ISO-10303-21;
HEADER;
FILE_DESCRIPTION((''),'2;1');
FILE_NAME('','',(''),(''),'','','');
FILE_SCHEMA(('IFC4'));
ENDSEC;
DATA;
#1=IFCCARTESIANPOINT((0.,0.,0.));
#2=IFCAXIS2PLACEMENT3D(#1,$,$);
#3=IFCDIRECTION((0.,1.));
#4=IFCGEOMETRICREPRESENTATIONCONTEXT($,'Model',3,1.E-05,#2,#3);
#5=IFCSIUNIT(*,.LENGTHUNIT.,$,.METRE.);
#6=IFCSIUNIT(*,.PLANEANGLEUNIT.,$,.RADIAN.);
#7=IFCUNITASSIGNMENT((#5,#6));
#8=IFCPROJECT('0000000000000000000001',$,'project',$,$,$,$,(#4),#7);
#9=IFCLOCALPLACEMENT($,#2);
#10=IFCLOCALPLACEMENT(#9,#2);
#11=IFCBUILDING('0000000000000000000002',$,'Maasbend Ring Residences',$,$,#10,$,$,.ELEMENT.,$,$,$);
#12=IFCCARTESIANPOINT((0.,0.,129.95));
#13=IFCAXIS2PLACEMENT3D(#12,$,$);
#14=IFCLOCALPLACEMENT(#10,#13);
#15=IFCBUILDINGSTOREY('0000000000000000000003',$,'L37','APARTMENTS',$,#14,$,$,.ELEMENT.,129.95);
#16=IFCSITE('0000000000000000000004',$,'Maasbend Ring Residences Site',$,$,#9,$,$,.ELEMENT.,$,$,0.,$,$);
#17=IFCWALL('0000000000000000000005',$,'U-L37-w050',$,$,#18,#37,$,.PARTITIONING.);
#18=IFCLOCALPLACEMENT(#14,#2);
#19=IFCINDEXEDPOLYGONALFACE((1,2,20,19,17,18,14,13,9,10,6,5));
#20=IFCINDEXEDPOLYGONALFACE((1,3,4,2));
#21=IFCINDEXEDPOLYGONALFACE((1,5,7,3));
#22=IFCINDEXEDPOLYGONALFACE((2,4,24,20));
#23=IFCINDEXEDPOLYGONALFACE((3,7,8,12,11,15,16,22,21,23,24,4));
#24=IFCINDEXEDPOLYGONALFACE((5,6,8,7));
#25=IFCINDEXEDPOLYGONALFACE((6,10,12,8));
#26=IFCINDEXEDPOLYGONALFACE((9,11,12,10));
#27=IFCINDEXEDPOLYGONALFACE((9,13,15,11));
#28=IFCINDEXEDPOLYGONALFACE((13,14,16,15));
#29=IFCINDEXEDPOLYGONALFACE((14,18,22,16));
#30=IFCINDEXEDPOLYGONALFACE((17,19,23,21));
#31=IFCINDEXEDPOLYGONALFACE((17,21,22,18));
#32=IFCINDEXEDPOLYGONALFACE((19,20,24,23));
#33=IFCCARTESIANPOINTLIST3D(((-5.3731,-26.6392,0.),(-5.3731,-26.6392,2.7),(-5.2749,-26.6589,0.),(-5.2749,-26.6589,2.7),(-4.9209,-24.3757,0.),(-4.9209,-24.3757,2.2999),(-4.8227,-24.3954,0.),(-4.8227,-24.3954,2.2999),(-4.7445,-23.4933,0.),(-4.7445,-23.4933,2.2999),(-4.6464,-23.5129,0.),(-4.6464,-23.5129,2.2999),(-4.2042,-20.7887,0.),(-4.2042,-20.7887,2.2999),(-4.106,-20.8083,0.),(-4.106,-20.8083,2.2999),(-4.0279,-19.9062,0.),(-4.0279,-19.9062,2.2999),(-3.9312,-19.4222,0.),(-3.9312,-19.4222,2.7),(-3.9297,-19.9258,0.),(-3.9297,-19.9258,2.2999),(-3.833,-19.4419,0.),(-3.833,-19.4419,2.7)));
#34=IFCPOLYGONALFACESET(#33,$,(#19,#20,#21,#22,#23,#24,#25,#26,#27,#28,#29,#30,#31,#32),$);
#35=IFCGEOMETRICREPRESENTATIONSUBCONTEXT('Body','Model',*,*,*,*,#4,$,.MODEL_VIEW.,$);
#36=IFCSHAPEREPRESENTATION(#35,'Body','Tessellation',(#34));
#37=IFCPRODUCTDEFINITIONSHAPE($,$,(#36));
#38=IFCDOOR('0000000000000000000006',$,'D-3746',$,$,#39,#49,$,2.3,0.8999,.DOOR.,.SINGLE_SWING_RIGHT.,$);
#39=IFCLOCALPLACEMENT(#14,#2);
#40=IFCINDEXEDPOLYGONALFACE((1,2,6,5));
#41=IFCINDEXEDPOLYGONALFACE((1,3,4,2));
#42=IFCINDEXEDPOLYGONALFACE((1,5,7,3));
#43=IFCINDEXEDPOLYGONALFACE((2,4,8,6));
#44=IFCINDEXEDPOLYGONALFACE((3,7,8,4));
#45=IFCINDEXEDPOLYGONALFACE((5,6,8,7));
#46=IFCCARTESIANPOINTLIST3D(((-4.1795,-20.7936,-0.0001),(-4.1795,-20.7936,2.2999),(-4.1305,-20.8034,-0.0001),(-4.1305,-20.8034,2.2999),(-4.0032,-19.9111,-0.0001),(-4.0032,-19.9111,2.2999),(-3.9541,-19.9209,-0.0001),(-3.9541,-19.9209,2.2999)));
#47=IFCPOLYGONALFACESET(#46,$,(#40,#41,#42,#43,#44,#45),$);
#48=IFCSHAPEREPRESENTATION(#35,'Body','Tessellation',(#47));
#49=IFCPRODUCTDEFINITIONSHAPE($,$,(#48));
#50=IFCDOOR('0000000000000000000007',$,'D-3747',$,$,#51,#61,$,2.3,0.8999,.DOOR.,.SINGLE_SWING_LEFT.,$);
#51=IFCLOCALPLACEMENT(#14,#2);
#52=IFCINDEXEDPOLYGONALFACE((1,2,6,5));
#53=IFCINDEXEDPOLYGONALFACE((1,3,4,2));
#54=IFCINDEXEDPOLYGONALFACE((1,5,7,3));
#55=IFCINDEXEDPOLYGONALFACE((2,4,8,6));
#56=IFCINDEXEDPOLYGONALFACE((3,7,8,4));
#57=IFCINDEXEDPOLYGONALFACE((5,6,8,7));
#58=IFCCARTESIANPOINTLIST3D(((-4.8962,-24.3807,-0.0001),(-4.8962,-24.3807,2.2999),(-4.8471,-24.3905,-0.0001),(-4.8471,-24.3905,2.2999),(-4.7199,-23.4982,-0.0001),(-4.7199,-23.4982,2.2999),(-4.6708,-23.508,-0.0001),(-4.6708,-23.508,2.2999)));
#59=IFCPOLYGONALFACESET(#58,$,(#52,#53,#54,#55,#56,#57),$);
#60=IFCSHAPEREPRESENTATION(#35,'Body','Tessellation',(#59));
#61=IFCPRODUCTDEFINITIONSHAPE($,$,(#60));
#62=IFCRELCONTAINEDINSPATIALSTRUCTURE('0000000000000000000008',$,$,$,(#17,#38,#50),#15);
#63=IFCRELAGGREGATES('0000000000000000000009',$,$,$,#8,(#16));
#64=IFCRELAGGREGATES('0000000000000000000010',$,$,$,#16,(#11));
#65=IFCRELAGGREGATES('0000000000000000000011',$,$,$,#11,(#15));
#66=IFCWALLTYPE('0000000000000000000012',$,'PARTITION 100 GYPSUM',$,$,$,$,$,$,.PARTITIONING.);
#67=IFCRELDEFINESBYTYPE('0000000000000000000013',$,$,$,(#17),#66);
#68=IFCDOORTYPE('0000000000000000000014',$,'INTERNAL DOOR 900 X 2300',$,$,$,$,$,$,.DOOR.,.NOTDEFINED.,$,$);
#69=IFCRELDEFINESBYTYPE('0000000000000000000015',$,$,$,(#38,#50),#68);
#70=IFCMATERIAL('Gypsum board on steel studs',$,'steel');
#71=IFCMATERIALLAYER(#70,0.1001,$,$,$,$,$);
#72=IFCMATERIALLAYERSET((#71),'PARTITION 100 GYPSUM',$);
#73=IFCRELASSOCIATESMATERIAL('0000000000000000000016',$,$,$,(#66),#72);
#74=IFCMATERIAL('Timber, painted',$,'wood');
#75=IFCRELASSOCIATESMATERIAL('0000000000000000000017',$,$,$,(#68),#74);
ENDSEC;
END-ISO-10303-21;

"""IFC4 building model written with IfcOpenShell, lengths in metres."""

from ifc_helpers import new_model, si_unit, direction, frame, frame_2d, origin, place, context, subcontext, project, spatial, rectangle, extrude, material, layer, layer_set, type_object, element, fill, save


model = new_model("IFC4")

# Units and contexts
model_context = context("Model", 3, precision=1e-05, world=origin(), true_north=direction((0.0, 1.0)))
body_context = subcontext(model_context, "Body", "Model", "MODEL_VIEW")
ifc_project = project(units=[si_unit("LENGTHUNIT", "METRE"), si_unit("PLANEANGLEUNIT", "RADIAN")], contexts=[model_context])

# Site, building, storey
site_placement = place(None, origin())
site = spatial("IfcSite", under=ifc_project, at=site_placement, Name="Maasbend Ring Residences Site", CompositionType="ELEMENT", RefElevation=0.0)
building_placement = place(site_placement, origin())
building = spatial("IfcBuilding", under=site, at=building_placement, Name="Maasbend Ring Residences", CompositionType="ELEMENT")
storey_placement = place(building_placement, frame((0.0, 0.0, 129.95)))
storey = spatial("IfcBuildingStorey", under=building, at=storey_placement, Name="L37", Description="APARTMENTS", CompositionType="ELEMENT", Elevation=129.95)

# Shared definitions
ifc_material_1 = material(Name="Gypsum board on steel studs", Category="steel")
ifc_layer_1 = layer(ifc_material_1, 0.1001)
ifc_layer_set_1 = layer_set([ifc_layer_1], Name="PARTITION 100 GYPSUM")
wall_type_1 = type_object("IfcWallType", Name="PARTITION 100 GYPSUM", PredefinedType="PARTITIONING", material=ifc_layer_set_1)
ifc_material_2 = material(Name="Timber, painted", Category="wood")
door_type_1 = type_object("IfcDoorType", Name="INTERNAL DOOR 900 X 2300", OperationType="NOTDEFINED", PredefinedType="DOOR", material=ifc_material_2)

# Wall, openings, doors
wall_1_placement = place(storey_placement, frame((-5.324, -26.6489, 0.0), z_axis=(0.0, 0.0, 1.0), x_axis=(0.195918, 0.98062, 0.0)))
wall_1 = element("IfcWall", 1, at=wall_1_placement, inside=storey, type_object=wall_type_1, Name="U-L37-w050", PredefinedType="PARTITIONING", context=body_context, shape_type="SweptSolid", body=[
    extrude(rectangle(XDim=7.3596, YDim=0.1001, at=frame_2d((3.6797, 0.0))), origin(), (0.0, 0.0, 1.0), 2.7),
])
opening_1_placement = place(wall_1_placement, frame((5.9661, 0.0, 0.0)))
opening_1 = element("IfcOpeningElement", 2, at=opening_1_placement, cuts=wall_1, PredefinedType="OPENING", context=body_context, shape_type="SweptSolid", body=[
    extrude(rectangle(XDim=0.8999, YDim=2.3, at=frame_2d((0.45, 1.1499))), frame((0.0, 0.0601, 0.0), z_axis=(0.0, -1.0, 0.0), x_axis=(1.0, 0.0, 0.0)), (0.0, 0.0, 1.0), 0.1201),
])
opening_2_placement = place(wall_1_placement, frame((2.3081, 0.0, 0.0)))
opening_2 = element("IfcOpeningElement", 3, at=opening_2_placement, cuts=wall_1, PredefinedType="OPENING", context=body_context, shape_type="SweptSolid", body=[
    extrude(rectangle(XDim=0.8999, YDim=2.3, at=frame_2d((0.45, 1.1499))), frame((0.0, 0.0601, 0.0), z_axis=(0.0, -1.0, 0.0), x_axis=(1.0, 0.0, 0.0)), (0.0, 0.0, 1.0), 0.1201),
])
door_1_placement = place(opening_1_placement, origin())
door_1 = element("IfcDoor", 4, at=door_1_placement, inside=storey, type_object=door_type_1, Name="D-3746", OperationType="SINGLE_SWING_RIGHT", OverallHeight=2.3, OverallWidth=0.8999, PredefinedType="DOOR", context=body_context, shape_type="SweptSolid", body=[
    extrude(rectangle(XDim=0.8999, YDim=2.3, at=frame_2d((0.45, 1.1499))), frame((0.0, 0.0249, 0.0), z_axis=(0.0, -1.0, 0.0), x_axis=(1.0, 0.0, 0.0)), (0.0, 0.0, 1.0), 0.05),
])
fill(opening_1, door_1)
door_2_placement = place(opening_2_placement, origin())
door_2 = element("IfcDoor", 5, at=door_2_placement, inside=storey, type_object=door_type_1, Name="D-3747", OperationType="SINGLE_SWING_LEFT", OverallHeight=2.3, OverallWidth=0.8999, PredefinedType="DOOR", context=body_context, shape_type="SweptSolid", body=[
    extrude(rectangle(XDim=0.8999, YDim=2.3, at=frame_2d((0.45, 1.1499))), frame((0.0, 0.0249, 0.0), z_axis=(0.0, -1.0, 0.0), x_axis=(1.0, 0.0, 0.0)), (0.0, 0.0, 1.0), 0.05),
])
fill(opening_2, door_2)

save(model, "model.ifc")
